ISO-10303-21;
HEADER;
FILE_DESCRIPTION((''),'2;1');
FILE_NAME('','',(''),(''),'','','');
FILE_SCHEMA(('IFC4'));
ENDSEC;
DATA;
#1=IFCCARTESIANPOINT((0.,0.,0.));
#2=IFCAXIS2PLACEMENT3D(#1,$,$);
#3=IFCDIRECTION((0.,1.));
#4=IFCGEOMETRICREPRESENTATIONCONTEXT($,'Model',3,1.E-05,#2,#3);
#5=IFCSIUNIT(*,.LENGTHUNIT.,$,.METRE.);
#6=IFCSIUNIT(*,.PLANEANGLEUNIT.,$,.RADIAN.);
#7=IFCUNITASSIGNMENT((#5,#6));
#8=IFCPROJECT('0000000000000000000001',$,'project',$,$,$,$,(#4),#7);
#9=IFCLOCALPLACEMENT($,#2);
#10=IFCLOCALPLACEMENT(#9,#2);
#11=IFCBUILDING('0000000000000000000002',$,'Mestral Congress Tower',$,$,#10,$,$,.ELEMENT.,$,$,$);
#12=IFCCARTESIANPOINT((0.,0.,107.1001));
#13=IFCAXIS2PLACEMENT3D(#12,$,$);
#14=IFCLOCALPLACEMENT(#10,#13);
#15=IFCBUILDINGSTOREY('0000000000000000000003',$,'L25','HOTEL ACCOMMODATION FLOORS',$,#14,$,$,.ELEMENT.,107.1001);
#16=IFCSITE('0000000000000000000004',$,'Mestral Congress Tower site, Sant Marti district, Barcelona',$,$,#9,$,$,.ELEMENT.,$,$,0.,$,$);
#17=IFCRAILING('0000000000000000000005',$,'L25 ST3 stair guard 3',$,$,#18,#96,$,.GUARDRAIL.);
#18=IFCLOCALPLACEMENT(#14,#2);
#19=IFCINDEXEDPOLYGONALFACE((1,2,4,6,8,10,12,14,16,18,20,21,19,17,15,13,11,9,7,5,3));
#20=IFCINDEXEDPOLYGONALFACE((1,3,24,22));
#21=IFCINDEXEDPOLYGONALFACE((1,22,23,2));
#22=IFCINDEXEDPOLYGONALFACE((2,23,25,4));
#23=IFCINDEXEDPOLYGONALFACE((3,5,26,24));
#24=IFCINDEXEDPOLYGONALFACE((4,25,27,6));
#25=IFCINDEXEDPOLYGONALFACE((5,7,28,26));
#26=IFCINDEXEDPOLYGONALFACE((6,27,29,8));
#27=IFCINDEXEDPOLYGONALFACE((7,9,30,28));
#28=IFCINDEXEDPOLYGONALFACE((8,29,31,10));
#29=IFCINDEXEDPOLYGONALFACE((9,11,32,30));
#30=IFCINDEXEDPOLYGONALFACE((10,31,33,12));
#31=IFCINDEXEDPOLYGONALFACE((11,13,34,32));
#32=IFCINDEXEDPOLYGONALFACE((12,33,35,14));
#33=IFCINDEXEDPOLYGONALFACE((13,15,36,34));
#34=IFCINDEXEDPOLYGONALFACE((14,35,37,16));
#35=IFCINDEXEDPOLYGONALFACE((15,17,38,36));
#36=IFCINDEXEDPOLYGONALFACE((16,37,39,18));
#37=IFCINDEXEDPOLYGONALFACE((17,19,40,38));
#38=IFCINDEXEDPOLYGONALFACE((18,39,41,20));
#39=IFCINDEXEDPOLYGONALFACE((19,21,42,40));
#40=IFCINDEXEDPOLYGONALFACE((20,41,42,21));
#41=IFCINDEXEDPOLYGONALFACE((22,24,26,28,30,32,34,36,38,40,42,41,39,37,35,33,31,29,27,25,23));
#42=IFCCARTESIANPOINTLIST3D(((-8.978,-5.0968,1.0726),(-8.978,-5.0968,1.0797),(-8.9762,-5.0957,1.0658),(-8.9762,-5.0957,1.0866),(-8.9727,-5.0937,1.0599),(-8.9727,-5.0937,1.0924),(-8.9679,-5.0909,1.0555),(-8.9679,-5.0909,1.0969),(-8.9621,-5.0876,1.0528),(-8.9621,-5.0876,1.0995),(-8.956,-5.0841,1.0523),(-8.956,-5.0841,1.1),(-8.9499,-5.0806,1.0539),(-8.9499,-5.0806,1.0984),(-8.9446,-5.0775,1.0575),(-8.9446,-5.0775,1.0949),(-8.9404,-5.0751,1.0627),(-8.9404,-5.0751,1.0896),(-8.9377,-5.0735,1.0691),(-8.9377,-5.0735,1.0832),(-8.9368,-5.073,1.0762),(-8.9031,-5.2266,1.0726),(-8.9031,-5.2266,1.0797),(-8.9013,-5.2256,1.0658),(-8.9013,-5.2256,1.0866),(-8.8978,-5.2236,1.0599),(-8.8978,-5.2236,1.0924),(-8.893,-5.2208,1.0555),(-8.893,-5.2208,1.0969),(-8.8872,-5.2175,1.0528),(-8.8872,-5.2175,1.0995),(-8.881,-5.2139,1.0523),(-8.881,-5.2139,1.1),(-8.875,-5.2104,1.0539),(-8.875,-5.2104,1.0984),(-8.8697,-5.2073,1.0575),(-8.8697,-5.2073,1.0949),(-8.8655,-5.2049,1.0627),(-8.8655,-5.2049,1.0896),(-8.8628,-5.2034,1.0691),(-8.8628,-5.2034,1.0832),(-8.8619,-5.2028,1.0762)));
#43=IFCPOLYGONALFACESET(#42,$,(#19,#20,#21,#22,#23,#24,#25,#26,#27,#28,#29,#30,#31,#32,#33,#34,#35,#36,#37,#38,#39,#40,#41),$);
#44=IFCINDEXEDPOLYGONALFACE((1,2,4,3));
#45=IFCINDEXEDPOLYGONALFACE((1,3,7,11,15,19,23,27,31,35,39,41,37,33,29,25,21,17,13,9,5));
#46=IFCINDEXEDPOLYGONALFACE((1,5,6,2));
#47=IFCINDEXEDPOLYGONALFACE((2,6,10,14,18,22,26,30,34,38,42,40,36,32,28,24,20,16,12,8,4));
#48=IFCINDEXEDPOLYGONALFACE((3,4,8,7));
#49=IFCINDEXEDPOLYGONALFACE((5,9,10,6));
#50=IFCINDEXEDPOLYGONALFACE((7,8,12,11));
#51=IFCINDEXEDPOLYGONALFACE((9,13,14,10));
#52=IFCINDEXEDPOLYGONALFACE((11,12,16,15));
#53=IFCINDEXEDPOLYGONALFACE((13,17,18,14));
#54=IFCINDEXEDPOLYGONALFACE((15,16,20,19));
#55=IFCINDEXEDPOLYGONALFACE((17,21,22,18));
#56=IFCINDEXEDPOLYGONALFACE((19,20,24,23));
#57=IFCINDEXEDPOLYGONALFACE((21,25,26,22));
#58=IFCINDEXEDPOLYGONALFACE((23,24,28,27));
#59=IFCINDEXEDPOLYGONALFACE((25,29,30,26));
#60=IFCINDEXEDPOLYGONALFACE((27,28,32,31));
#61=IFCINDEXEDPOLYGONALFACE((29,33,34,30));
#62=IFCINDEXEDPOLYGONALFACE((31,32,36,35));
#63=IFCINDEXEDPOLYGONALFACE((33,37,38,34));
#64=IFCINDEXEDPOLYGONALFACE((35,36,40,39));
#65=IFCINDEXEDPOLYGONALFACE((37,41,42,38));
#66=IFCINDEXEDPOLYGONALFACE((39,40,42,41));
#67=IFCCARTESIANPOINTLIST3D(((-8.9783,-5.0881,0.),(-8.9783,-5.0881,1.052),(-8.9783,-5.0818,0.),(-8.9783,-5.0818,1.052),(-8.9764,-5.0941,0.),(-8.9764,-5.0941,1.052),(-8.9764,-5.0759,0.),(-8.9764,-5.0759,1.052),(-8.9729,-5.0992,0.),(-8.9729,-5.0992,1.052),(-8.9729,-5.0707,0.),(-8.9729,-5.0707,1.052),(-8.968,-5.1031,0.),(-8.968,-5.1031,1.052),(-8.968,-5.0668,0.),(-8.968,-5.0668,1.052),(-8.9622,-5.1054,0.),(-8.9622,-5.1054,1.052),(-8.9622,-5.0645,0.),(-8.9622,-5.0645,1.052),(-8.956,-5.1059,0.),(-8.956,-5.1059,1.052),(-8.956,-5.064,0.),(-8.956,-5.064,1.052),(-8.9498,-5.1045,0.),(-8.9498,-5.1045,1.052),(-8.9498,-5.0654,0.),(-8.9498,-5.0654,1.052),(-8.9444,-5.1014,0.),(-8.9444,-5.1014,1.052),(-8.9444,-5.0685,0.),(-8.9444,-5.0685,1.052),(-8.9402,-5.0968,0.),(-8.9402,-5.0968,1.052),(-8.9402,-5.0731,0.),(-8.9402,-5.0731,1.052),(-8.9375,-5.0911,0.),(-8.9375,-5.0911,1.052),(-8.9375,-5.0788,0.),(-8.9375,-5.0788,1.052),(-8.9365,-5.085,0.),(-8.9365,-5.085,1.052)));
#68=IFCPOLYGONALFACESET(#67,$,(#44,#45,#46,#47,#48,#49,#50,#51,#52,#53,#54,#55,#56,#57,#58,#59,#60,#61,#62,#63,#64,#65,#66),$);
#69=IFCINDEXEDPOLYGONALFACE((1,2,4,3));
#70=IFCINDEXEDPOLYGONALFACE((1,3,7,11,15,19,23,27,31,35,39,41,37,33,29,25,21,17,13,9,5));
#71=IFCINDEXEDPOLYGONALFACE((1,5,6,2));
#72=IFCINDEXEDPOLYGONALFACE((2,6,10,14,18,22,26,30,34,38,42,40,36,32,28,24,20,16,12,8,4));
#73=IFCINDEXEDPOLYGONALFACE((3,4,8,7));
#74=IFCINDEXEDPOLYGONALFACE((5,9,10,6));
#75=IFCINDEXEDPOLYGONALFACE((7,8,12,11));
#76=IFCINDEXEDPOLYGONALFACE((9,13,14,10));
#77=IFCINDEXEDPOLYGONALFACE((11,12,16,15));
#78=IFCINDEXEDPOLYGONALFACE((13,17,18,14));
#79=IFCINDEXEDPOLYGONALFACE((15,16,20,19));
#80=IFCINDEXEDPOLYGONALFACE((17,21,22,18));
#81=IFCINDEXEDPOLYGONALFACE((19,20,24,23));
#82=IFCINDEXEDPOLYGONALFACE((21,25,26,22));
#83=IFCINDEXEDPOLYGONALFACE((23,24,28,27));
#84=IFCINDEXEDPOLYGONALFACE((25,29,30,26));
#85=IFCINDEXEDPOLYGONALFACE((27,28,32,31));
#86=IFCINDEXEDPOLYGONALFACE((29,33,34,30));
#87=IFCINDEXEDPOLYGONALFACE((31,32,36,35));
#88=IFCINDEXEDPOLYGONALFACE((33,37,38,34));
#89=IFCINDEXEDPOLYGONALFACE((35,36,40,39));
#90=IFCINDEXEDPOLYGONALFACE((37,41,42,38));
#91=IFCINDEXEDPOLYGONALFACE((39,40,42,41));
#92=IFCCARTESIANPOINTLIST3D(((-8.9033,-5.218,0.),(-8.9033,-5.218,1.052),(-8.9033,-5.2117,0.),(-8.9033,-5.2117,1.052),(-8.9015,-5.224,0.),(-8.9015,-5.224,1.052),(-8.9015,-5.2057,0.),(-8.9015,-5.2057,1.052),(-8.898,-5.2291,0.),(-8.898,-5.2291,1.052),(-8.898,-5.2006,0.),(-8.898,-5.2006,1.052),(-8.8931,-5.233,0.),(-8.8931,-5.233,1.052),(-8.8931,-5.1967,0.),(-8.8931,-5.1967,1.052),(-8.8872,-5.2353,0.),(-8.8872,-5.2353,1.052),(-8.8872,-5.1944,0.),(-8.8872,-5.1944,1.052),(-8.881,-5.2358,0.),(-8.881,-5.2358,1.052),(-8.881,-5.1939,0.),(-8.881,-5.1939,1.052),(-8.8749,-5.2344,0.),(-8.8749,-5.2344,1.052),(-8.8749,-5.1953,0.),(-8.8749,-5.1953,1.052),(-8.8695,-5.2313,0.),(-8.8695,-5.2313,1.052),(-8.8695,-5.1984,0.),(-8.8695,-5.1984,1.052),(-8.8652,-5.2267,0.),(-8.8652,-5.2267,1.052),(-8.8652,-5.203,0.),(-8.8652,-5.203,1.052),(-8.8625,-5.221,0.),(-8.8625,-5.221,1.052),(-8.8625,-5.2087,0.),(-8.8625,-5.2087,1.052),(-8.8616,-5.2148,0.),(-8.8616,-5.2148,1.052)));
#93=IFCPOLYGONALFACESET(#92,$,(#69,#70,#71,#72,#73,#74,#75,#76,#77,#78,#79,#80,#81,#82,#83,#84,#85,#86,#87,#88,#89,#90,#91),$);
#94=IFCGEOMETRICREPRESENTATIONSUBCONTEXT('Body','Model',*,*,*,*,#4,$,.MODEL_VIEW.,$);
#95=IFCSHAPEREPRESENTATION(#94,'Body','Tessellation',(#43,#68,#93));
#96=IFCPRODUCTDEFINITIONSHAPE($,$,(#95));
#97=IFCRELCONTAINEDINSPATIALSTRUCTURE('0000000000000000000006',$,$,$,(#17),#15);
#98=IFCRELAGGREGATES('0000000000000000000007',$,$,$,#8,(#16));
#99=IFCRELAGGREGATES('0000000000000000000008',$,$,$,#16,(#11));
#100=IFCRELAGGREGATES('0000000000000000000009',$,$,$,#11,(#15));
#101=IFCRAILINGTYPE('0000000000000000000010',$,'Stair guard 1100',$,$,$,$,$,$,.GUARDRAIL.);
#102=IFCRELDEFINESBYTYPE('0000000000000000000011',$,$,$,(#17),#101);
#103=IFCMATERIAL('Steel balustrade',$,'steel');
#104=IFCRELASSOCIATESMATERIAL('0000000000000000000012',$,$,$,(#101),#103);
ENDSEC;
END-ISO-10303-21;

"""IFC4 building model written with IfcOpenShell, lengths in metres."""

from ifc_helpers import new_model, si_unit, direction, frame, origin, origin_2d, place, context, subcontext, project, spatial, circle, extrude, material, type_object, element, save


model = new_model("IFC4")

# Units and contexts
model_context = context("Model", 3, precision=1e-05, world=origin(), true_north=direction((0.0, 1.0)))
body_context = subcontext(model_context, "Body", "Model", "MODEL_VIEW")
ifc_project = project(units=[si_unit("LENGTHUNIT", "METRE"), si_unit("PLANEANGLEUNIT", "RADIAN")], contexts=[model_context])

# Site, building, storey
site_placement = place(None, origin())
site = spatial("IfcSite", under=ifc_project, at=site_placement, Name="Mestral Congress Tower site, Sant Marti district, Barcelona", CompositionType="ELEMENT", RefElevation=0.0)
building_placement = place(site_placement, origin())
building = spatial("IfcBuilding", under=site, at=building_placement, Name="Mestral Congress Tower", CompositionType="ELEMENT")
storey_placement = place(building_placement, frame((0.0, 0.0, 107.1001)))
storey = spatial("IfcBuildingStorey", under=building, at=storey_placement, Name="L25", Description="HOTEL ACCOMMODATION FLOORS", CompositionType="ELEMENT", Elevation=107.1001)

# Railing
ifc_material_1 = material(Name="Steel balustrade", Category="steel")
railing_type_1 = type_object("IfcRailingType", Name="Stair guard 1100", PredefinedType="GUARDRAIL", material=ifc_material_1)
railing_1_placement = place(storey_placement, frame((-8.9575, -5.085, 0.0)))
element("IfcRailing", 1, at=railing_1_placement, inside=storey, type_object=railing_type_1, Name="L25 ST3 stair guard 3", PredefinedType="GUARDRAIL", context=body_context, shape_type="SweptSolid", body=[
    extrude(circle(Radius=0.0239, at=origin_2d()), frame((0.0, 0.0, 1.0762), z_axis=(0.499816, -0.866131, 0.0), x_axis=(0.866131, 0.499816, 0.0)), (0.0, 0.0, 1.0), 0.1499),
    extrude(circle(Radius=0.021, at=origin_2d()), origin(), (0.0, 0.0, 1.0), 1.052),
    extrude(circle(Radius=0.021, at=origin_2d()), frame((0.075, -0.1299, 0.0)), (0.0, 0.0, 1.0), 1.052),
])

save(model, "model.ifc")
